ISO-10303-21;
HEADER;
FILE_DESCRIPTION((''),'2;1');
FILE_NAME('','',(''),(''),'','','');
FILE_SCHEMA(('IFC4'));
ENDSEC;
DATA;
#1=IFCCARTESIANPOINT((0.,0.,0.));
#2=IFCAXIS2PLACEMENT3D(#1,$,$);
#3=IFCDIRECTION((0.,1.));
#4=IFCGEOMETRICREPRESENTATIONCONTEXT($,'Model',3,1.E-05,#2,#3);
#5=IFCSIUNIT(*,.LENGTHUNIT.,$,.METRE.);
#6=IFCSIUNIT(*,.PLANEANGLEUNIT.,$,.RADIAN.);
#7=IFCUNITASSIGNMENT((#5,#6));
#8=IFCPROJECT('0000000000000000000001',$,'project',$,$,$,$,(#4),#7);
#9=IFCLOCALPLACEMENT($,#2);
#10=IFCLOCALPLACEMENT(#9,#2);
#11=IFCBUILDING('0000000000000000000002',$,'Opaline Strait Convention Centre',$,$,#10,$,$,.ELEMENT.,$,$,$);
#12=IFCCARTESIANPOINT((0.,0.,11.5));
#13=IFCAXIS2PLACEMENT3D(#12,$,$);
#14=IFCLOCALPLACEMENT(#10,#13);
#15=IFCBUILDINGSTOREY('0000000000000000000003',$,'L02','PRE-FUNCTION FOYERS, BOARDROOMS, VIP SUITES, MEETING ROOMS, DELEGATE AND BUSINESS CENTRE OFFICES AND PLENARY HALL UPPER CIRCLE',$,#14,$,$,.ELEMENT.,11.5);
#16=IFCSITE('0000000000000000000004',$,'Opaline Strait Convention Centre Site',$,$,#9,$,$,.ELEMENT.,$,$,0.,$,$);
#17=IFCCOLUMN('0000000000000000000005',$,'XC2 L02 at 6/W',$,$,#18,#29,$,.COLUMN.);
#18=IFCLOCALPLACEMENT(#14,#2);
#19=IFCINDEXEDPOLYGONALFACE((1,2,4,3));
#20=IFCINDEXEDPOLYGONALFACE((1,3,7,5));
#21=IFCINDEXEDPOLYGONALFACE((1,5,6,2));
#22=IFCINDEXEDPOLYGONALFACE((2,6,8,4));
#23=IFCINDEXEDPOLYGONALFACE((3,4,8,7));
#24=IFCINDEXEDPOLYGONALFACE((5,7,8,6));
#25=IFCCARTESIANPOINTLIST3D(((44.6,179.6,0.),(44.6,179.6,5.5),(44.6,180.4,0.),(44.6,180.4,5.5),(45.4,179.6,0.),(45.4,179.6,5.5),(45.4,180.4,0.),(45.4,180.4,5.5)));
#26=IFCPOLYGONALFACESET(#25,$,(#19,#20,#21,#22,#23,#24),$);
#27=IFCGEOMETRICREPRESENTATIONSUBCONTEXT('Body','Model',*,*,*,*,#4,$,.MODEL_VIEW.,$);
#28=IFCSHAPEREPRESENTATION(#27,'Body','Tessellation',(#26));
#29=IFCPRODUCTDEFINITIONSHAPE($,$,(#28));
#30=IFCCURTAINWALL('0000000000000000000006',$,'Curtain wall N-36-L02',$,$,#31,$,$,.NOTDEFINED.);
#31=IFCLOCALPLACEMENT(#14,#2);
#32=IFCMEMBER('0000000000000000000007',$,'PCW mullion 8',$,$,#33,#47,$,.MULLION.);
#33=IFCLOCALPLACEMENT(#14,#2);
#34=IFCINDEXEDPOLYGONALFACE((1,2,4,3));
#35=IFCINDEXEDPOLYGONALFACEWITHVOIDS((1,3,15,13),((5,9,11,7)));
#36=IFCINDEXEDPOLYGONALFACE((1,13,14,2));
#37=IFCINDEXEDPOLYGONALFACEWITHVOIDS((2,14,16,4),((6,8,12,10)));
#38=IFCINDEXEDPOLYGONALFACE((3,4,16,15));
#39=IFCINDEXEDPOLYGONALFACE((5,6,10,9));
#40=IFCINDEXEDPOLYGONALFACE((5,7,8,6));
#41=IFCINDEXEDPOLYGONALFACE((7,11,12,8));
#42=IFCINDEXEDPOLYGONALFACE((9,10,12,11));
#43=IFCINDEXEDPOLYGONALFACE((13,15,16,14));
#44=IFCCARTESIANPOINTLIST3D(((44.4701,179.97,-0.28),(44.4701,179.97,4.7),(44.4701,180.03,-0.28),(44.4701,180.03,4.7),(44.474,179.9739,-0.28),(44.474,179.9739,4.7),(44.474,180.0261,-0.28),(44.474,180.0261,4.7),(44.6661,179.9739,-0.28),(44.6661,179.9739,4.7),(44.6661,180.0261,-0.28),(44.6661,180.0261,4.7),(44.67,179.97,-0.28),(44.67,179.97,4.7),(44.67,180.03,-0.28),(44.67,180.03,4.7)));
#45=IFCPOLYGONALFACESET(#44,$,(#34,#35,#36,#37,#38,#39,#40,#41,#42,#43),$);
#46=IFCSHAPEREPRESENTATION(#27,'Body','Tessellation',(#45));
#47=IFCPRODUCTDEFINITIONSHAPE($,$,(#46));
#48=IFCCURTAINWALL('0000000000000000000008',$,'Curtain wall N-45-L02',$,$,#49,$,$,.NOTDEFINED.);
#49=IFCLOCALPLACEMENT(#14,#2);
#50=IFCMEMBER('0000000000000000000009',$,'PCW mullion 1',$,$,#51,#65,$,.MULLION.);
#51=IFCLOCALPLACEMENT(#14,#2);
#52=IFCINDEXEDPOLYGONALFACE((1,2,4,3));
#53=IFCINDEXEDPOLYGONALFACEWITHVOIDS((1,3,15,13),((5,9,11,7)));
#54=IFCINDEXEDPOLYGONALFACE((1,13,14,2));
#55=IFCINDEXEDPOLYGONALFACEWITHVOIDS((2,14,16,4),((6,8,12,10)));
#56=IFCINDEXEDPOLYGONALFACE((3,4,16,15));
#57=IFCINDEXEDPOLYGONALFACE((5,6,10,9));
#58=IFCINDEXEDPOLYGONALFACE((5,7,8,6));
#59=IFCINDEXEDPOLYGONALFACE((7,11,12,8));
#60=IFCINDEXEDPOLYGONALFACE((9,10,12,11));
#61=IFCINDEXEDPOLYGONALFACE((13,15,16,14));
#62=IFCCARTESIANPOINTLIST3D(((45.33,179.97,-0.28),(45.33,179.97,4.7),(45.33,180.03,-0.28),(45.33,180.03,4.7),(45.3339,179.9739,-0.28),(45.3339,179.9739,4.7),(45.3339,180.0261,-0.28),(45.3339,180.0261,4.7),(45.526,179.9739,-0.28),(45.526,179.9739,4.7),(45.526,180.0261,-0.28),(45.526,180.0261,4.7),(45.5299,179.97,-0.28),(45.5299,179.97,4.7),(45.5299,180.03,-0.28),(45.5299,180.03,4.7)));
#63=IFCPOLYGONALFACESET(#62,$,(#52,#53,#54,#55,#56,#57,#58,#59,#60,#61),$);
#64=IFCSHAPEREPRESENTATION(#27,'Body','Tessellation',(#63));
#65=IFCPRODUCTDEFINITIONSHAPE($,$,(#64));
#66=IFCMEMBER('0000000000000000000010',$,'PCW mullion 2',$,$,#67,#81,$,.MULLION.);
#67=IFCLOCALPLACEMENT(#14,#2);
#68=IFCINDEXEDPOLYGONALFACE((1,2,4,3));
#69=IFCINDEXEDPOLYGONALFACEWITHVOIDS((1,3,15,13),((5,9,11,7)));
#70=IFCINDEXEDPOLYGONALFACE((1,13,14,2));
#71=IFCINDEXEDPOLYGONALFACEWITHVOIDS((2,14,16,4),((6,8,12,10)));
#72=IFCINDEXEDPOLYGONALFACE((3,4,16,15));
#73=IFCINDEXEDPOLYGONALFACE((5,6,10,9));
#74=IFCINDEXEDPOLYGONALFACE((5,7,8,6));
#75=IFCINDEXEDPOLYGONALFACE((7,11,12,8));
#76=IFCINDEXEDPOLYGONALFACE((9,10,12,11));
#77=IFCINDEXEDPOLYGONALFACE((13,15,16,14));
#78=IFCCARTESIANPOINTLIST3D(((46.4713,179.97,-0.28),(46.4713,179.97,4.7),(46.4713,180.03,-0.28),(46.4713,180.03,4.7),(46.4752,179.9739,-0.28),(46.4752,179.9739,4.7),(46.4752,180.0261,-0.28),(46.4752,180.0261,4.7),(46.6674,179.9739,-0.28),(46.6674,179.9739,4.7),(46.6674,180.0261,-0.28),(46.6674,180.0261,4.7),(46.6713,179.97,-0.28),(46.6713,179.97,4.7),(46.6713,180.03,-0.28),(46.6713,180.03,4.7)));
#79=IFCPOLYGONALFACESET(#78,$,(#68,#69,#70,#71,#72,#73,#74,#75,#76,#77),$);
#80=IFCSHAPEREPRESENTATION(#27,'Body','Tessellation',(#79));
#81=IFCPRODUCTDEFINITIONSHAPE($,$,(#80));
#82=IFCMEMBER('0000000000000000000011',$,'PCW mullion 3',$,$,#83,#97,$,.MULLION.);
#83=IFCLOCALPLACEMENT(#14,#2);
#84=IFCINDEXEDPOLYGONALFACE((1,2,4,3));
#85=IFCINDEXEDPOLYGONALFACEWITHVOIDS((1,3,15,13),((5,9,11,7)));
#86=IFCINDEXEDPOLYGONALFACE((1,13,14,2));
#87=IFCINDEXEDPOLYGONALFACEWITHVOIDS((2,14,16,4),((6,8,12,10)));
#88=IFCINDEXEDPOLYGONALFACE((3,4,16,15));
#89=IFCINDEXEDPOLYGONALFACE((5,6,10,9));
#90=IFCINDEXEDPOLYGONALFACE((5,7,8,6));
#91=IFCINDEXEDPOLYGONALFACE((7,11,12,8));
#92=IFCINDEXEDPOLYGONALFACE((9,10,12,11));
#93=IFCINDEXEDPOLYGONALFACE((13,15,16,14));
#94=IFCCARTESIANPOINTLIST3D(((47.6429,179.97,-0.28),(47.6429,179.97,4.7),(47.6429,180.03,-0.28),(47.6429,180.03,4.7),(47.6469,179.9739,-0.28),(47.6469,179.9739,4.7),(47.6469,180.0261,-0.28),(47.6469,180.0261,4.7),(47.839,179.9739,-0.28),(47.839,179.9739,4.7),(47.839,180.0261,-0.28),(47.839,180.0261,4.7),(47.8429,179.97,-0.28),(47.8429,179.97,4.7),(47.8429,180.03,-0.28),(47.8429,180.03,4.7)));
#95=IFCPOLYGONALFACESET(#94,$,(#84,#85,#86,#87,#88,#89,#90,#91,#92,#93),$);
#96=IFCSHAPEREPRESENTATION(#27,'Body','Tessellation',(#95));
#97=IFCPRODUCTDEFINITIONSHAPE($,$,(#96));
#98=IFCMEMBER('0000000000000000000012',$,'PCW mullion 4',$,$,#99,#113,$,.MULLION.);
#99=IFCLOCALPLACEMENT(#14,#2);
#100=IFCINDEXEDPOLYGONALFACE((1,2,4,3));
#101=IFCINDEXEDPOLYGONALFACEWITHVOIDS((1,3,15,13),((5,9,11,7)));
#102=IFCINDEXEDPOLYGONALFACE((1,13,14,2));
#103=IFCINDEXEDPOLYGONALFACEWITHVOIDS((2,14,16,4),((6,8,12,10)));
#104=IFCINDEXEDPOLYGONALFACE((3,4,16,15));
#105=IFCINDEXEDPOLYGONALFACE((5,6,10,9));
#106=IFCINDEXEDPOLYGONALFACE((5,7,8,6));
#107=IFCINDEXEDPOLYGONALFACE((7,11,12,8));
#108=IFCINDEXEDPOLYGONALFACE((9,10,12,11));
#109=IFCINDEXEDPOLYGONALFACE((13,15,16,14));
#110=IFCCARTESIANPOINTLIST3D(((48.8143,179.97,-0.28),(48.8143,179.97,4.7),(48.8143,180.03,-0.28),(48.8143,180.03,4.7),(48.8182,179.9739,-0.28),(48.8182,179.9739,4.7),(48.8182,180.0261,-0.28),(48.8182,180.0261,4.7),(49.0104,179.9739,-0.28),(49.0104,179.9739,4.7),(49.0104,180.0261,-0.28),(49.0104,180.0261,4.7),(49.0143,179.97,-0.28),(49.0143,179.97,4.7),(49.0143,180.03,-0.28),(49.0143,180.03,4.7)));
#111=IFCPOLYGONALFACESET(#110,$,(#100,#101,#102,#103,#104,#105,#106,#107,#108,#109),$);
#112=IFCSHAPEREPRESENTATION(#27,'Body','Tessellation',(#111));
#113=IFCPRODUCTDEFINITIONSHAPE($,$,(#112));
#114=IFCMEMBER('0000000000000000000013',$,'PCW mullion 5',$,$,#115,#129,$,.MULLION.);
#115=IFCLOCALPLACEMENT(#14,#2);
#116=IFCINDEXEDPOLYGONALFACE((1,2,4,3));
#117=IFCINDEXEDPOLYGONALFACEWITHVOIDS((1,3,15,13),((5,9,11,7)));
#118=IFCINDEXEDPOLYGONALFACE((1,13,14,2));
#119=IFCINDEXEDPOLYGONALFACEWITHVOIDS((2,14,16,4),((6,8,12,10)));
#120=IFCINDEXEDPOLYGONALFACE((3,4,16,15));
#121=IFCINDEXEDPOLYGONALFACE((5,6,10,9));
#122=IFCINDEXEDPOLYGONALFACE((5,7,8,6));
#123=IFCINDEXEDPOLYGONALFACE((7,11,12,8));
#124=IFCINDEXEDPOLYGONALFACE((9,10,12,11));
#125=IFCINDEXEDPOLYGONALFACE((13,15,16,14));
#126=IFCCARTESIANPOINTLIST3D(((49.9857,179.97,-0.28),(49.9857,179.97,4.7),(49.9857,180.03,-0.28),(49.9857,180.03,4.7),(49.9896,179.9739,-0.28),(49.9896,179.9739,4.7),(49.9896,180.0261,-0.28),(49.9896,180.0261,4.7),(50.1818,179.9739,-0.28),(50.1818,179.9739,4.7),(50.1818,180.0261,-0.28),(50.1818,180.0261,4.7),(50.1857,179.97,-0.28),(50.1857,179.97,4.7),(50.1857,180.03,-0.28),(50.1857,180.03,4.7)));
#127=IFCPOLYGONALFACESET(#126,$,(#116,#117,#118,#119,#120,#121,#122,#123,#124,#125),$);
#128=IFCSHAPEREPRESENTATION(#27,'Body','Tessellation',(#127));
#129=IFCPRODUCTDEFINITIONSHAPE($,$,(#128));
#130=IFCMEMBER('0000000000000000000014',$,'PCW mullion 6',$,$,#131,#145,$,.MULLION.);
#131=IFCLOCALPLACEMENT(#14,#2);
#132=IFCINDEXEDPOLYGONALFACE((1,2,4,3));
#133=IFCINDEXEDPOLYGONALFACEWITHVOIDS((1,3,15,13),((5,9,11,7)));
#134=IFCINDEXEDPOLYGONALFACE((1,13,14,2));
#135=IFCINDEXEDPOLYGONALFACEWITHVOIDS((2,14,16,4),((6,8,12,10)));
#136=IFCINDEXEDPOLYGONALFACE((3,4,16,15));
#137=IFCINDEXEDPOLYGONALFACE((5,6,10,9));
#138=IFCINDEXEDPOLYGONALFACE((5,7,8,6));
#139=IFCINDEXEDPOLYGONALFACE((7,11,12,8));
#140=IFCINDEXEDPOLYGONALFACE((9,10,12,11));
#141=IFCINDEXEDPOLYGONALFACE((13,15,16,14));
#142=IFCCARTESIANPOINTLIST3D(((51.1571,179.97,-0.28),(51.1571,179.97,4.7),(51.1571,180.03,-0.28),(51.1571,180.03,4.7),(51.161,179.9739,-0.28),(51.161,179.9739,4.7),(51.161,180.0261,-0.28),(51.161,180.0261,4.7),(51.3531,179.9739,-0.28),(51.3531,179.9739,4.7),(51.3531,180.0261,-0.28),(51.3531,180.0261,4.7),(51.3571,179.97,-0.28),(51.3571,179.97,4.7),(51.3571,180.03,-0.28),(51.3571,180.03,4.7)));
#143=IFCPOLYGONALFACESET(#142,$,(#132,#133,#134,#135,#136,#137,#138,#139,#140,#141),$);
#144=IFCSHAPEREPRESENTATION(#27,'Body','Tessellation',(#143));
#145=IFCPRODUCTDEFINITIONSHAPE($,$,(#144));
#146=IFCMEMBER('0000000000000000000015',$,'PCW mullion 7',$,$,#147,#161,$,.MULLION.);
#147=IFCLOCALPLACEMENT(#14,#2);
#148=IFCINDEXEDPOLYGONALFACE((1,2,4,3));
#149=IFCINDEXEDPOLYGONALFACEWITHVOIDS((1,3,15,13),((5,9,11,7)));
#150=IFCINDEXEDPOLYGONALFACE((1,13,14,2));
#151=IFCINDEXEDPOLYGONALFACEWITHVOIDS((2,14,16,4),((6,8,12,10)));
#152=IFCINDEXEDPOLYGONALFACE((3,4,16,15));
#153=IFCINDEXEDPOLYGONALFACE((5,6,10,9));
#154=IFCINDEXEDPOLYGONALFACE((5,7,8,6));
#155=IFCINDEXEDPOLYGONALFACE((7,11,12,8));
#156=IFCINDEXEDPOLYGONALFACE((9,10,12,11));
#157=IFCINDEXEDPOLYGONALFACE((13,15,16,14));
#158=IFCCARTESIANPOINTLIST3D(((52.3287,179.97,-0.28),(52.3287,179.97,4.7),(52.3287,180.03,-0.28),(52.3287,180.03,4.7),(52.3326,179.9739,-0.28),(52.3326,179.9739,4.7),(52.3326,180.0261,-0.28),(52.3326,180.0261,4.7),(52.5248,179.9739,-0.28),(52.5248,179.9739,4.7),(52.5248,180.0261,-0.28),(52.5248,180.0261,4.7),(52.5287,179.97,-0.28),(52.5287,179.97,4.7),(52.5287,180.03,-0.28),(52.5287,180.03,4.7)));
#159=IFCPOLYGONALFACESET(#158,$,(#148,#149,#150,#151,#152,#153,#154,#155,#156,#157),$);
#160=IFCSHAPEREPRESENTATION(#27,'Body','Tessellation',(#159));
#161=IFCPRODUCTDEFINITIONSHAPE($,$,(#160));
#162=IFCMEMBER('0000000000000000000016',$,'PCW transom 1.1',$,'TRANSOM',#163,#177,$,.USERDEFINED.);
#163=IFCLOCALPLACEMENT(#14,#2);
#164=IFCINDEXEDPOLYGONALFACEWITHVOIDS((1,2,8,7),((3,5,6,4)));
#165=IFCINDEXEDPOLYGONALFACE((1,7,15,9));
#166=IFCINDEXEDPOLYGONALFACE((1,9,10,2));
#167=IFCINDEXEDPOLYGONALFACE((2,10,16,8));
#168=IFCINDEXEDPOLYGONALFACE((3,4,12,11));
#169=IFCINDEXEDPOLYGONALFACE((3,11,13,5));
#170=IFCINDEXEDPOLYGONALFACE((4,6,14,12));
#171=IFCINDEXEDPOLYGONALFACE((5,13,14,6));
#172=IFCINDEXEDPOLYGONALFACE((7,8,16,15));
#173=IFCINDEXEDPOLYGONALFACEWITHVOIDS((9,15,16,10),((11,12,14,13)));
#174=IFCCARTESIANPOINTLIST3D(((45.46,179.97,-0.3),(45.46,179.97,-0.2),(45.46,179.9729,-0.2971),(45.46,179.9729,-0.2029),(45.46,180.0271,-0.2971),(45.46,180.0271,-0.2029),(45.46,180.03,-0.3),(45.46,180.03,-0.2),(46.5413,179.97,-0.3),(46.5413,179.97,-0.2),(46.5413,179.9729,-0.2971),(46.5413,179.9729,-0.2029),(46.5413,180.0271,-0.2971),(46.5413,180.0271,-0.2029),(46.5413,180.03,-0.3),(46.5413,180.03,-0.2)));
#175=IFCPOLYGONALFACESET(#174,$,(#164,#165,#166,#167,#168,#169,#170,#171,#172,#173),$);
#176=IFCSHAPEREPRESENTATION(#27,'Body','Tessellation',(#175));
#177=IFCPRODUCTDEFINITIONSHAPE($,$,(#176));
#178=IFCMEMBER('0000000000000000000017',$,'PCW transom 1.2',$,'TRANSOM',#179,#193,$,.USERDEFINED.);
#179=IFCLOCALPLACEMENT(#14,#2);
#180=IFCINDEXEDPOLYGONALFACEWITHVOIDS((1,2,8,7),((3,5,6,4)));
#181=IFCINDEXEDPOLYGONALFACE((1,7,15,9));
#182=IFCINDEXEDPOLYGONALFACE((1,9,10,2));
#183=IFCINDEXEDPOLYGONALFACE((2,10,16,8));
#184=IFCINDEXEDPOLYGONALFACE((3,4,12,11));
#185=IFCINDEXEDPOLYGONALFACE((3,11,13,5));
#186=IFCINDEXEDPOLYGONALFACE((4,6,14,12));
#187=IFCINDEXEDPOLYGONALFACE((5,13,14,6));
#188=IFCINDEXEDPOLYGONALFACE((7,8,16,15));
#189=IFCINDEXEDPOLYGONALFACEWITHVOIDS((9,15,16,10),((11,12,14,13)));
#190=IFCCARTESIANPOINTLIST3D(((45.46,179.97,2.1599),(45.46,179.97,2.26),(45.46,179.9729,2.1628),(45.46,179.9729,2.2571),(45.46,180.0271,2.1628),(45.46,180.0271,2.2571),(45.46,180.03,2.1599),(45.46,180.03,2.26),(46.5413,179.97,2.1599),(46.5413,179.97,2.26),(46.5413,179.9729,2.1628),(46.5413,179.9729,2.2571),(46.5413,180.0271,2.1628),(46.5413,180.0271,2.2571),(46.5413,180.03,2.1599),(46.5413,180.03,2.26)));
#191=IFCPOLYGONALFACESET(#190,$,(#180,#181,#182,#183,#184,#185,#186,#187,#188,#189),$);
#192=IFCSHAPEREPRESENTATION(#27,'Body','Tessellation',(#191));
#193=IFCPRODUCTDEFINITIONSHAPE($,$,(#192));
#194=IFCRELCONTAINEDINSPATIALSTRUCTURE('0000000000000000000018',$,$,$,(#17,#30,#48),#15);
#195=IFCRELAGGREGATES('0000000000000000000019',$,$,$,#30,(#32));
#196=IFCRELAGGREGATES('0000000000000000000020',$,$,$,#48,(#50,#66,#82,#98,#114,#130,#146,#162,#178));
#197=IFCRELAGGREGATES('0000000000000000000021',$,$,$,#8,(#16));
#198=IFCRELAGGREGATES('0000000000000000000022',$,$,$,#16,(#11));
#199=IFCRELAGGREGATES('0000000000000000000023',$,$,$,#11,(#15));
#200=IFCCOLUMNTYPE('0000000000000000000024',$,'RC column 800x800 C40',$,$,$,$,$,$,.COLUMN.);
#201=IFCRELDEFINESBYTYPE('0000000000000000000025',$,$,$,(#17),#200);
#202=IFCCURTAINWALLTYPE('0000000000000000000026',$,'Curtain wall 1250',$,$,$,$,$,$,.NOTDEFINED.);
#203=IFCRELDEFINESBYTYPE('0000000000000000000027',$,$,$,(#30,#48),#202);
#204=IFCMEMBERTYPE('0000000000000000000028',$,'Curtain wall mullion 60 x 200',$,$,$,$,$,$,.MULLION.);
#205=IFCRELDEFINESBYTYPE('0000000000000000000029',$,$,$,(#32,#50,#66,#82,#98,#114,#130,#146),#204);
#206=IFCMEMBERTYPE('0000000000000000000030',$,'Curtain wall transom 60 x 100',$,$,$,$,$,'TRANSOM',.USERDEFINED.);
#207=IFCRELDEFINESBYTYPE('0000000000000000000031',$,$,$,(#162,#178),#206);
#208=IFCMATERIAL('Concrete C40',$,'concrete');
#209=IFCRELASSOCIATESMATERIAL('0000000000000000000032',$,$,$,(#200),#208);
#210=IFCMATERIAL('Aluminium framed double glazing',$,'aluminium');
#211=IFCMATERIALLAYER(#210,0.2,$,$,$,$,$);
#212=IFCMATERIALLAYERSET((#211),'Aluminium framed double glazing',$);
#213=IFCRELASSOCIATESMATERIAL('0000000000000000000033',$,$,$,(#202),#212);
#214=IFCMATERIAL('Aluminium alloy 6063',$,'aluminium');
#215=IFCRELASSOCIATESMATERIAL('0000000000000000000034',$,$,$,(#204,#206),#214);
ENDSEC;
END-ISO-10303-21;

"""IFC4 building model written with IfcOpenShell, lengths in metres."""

from ifc_helpers import new_model, si_unit, direction, frame, origin, origin_2d, place, context, subcontext, project, spatial, rectangle, hollow_rectangle, extrude, material, layer, layer_set, material_profile, profile_set, type_object, element, aggregate, save


model = new_model("IFC4")

# Units and contexts
model_context = context("Model", 3, precision=1e-05, world=origin(), true_north=direction((0.0, 1.0)))
body_context = subcontext(model_context, "Body", "Model", "MODEL_VIEW")
ifc_project = project(units=[si_unit("LENGTHUNIT", "METRE"), si_unit("PLANEANGLEUNIT", "RADIAN")], contexts=[model_context])

# Site, building, storey
site_placement = place(None, origin())
site = spatial("IfcSite", under=ifc_project, at=site_placement, Name="Opaline Strait Convention Centre Site", CompositionType="ELEMENT", RefElevation=0.0)
building_placement = place(site_placement, origin())
building = spatial("IfcBuilding", under=site, at=building_placement, Name="Opaline Strait Convention Centre", CompositionType="ELEMENT")
storey_placement = place(building_placement, frame((0.0, 0.0, 11.5)))
storey = spatial("IfcBuildingStorey", under=building, at=storey_placement, Name="L02", Description="PRE-FUNCTION FOYERS, BOARDROOMS, VIP SUITES, MEETING ROOMS, DELEGATE AND BUSINESS CENTRE OFFICES AND PLENARY HALL UPPER CIRCLE", CompositionType="ELEMENT", Elevation=11.5)

# Column
ifc_material_1 = material(Name="Concrete C40", Category="concrete")
ifc_material_profile_1 = material_profile(ifc_material_1, rectangle(XDim=0.8, YDim=0.8, at=origin_2d()), Name="RC 800x800")
ifc_profile_set_1 = profile_set([ifc_material_profile_1], Name="Concrete C40")
column_type = type_object("IfcColumnType", Name="RC column 800x800 C40", PredefinedType="COLUMN", material=ifc_profile_set_1)
column_placement = place(storey_placement, frame((45.0, 180.0, 0.0), z_axis=(0.0, 0.0, 1.0), x_axis=(1.0, 0.0, 0.0)))
element("IfcColumn", 1, at=column_placement, inside=storey, type_object=column_type, Name="XC2 L02 at 6/W", PredefinedType="COLUMN", context=body_context, shape_type="SweptSolid", body=[
    extrude(rectangle(XDim=0.8, YDim=0.8, at=origin_2d()), origin(), (0.0, 0.0, 1.0), 5.5),
])

# Curtain wall, member
ifc_material_2 = material(Name="Aluminium framed double glazing", Category="aluminium")
ifc_layer_1 = layer(ifc_material_2, 0.2)
ifc_layer_set_1 = layer_set([ifc_layer_1], Name="Aluminium framed double glazing")
curtain_wall_type = type_object("IfcCurtainWallType", Name="Curtain wall 1250", PredefinedType="NOTDEFINED", material=ifc_layer_set_1)
curtain_wall_1_placement = place(storey_placement, origin())
curtain_wall_1 = element("IfcCurtainWall", 2, at=curtain_wall_1_placement, inside=storey, type_object=curtain_wall_type, Name="Curtain wall N-36-L02", PredefinedType="NOTDEFINED")
ifc_material_3 = material(Name="Aluminium alloy 6063", Category="aluminium")
ifc_material_profile_2 = material_profile(ifc_material_3, hollow_rectangle(XDim=0.0601, YDim=0.2, WallThickness=0.0039, at=origin_2d()), Name="MULLION 60x200x4")
ifc_profile_set_2 = profile_set([ifc_material_profile_2], Name="Aluminium alloy 6063")
member_type_1 = type_object("IfcMemberType", Name="Curtain wall mullion 60 x 200", PredefinedType="MULLION", material=ifc_profile_set_2)
member_1_placement = place(storey_placement, frame((44.5701, 180.0, -0.28), z_axis=(0.0, 0.0, 1.0), x_axis=(0.0, 1.0, 0.0)))
member_1 = element("IfcMember", 3, at=member_1_placement, type_object=member_type_1, Name="PCW mullion 8", PredefinedType="MULLION", context=body_context, shape_type="SweptSolid", body=[
    extrude(hollow_rectangle(XDim=0.0601, YDim=0.2, WallThickness=0.0039, at=origin_2d()), origin(), (0.0, 0.0, 1.0), 4.98),
])
aggregate(curtain_wall_1, [member_1])

# Curtain wall, members
curtain_wall_2_placement = place(storey_placement, origin())
curtain_wall_2 = element("IfcCurtainWall", 4, at=curtain_wall_2_placement, inside=storey, type_object=curtain_wall_type, Name="Curtain wall N-45-L02", PredefinedType="NOTDEFINED")
member_2_placement = place(storey_placement, frame((45.4299, 180.0, -0.28), z_axis=(0.0, 0.0, 1.0), x_axis=(0.0, 1.0, 0.0)))
member_2 = element("IfcMember", 5, at=member_2_placement, type_object=member_type_1, Name="PCW mullion 1", PredefinedType="MULLION", context=body_context, shape_type="SweptSolid", body=[
    extrude(hollow_rectangle(XDim=0.0601, YDim=0.2, WallThickness=0.0039, at=origin_2d()), origin(), (0.0, 0.0, 1.0), 4.98),
])
member_3_placement = place(storey_placement, frame((46.5713, 180.0, -0.28), z_axis=(0.0, 0.0, 1.0), x_axis=(0.0, 1.0, 0.0)))
member_3 = element("IfcMember", 6, at=member_3_placement, type_object=member_type_1, Name="PCW mullion 2", PredefinedType="MULLION", context=body_context, shape_type="SweptSolid", body=[
    extrude(hollow_rectangle(XDim=0.0601, YDim=0.2, WallThickness=0.0039, at=origin_2d()), origin(), (0.0, 0.0, 1.0), 4.98),
])
member_4_placement = place(storey_placement, frame((47.7429, 180.0, -0.28), z_axis=(0.0, 0.0, 1.0), x_axis=(0.0, 1.0, 0.0)))
member_4 = element("IfcMember", 7, at=member_4_placement, type_object=member_type_1, Name="PCW mullion 3", PredefinedType="MULLION", context=body_context, shape_type="SweptSolid", body=[
    extrude(hollow_rectangle(XDim=0.0601, YDim=0.2, WallThickness=0.0039, at=origin_2d()), origin(), (0.0, 0.0, 1.0), 4.98),
])
member_5_placement = place(storey_placement, frame((48.9143, 180.0, -0.28), z_axis=(0.0, 0.0, 1.0), x_axis=(0.0, 1.0, 0.0)))
member_5 = element("IfcMember", 8, at=member_5_placement, type_object=member_type_1, Name="PCW mullion 4", PredefinedType="MULLION", context=body_context, shape_type="SweptSolid", body=[
    extrude(hollow_rectangle(XDim=0.0601, YDim=0.2, WallThickness=0.0039, at=origin_2d()), origin(), (0.0, 0.0, 1.0), 4.98),
])
member_6_placement = place(storey_placement, frame((50.0857, 180.0, -0.28), z_axis=(0.0, 0.0, 1.0), x_axis=(0.0, 1.0, 0.0)))
member_6 = element("IfcMember", 9, at=member_6_placement, type_object=member_type_1, Name="PCW mullion 5", PredefinedType="MULLION", context=body_context, shape_type="SweptSolid", body=[
    extrude(hollow_rectangle(XDim=0.0601, YDim=0.2, WallThickness=0.0039, at=origin_2d()), origin(), (0.0, 0.0, 1.0), 4.98),
])
member_7_placement = place(storey_placement, frame((51.2571, 180.0, -0.28), z_axis=(0.0, 0.0, 1.0), x_axis=(0.0, 1.0, 0.0)))
member_7 = element("IfcMember", 10, at=member_7_placement, type_object=member_type_1, Name="PCW mullion 6", PredefinedType="MULLION", context=body_context, shape_type="SweptSolid", body=[
    extrude(hollow_rectangle(XDim=0.0601, YDim=0.2, WallThickness=0.0039, at=origin_2d()), origin(), (0.0, 0.0, 1.0), 4.98),
])
member_8_placement = place(storey_placement, frame((52.4287, 180.0, -0.28), z_axis=(0.0, 0.0, 1.0), x_axis=(0.0, 1.0, 0.0)))
member_8 = element("IfcMember", 11, at=member_8_placement, type_object=member_type_1, Name="PCW mullion 7", PredefinedType="MULLION", context=body_context, shape_type="SweptSolid", body=[
    extrude(hollow_rectangle(XDim=0.0601, YDim=0.2, WallThickness=0.0039, at=origin_2d()), origin(), (0.0, 0.0, 1.0), 4.98),
])
ifc_material_profile_3 = material_profile(ifc_material_3, hollow_rectangle(XDim=0.0601, YDim=0.1001, WallThickness=0.0029, at=origin_2d()), Name="TRANSOM 60x100x3")
ifc_profile_set_3 = profile_set([ifc_material_profile_3], Name="Aluminium alloy 6063")
member_type_2 = type_object("IfcMemberType", Name="Curtain wall transom 60 x 100", ElementType="TRANSOM", PredefinedType="USERDEFINED", material=ifc_profile_set_3)
member_9_placement = place(storey_placement, frame((45.46, 180.0, -0.25), z_axis=(1.0, 0.0, 0.0), x_axis=(0.0, 1.0, 0.0)))
member_9 = element("IfcMember", 12, at=member_9_placement, type_object=member_type_2, Name="PCW transom 1.1", ObjectType="TRANSOM", PredefinedType="USERDEFINED", context=body_context, shape_type="SweptSolid", body=[
    extrude(hollow_rectangle(XDim=0.0601, YDim=0.1001, WallThickness=0.0029, at=origin_2d()), origin(), (0.0, 0.0, 1.0), 1.0813),
])
member_10_placement = place(storey_placement, frame((45.46, 180.0, 2.21), z_axis=(1.0, 0.0, 0.0), x_axis=(0.0, 1.0, 0.0)))
member_10 = element("IfcMember", 13, at=member_10_placement, type_object=member_type_2, Name="PCW transom 1.2", ObjectType="TRANSOM", PredefinedType="USERDEFINED", context=body_context, shape_type="SweptSolid", body=[
    extrude(hollow_rectangle(XDim=0.0601, YDim=0.1001, WallThickness=0.0029, at=origin_2d()), origin(), (0.0, 0.0, 1.0), 1.0813),
])

aggregate(curtain_wall_2, [member_2, member_3, member_4, member_5, member_6, member_7, member_8, member_9, member_10])

save(model, "model.ifc")
